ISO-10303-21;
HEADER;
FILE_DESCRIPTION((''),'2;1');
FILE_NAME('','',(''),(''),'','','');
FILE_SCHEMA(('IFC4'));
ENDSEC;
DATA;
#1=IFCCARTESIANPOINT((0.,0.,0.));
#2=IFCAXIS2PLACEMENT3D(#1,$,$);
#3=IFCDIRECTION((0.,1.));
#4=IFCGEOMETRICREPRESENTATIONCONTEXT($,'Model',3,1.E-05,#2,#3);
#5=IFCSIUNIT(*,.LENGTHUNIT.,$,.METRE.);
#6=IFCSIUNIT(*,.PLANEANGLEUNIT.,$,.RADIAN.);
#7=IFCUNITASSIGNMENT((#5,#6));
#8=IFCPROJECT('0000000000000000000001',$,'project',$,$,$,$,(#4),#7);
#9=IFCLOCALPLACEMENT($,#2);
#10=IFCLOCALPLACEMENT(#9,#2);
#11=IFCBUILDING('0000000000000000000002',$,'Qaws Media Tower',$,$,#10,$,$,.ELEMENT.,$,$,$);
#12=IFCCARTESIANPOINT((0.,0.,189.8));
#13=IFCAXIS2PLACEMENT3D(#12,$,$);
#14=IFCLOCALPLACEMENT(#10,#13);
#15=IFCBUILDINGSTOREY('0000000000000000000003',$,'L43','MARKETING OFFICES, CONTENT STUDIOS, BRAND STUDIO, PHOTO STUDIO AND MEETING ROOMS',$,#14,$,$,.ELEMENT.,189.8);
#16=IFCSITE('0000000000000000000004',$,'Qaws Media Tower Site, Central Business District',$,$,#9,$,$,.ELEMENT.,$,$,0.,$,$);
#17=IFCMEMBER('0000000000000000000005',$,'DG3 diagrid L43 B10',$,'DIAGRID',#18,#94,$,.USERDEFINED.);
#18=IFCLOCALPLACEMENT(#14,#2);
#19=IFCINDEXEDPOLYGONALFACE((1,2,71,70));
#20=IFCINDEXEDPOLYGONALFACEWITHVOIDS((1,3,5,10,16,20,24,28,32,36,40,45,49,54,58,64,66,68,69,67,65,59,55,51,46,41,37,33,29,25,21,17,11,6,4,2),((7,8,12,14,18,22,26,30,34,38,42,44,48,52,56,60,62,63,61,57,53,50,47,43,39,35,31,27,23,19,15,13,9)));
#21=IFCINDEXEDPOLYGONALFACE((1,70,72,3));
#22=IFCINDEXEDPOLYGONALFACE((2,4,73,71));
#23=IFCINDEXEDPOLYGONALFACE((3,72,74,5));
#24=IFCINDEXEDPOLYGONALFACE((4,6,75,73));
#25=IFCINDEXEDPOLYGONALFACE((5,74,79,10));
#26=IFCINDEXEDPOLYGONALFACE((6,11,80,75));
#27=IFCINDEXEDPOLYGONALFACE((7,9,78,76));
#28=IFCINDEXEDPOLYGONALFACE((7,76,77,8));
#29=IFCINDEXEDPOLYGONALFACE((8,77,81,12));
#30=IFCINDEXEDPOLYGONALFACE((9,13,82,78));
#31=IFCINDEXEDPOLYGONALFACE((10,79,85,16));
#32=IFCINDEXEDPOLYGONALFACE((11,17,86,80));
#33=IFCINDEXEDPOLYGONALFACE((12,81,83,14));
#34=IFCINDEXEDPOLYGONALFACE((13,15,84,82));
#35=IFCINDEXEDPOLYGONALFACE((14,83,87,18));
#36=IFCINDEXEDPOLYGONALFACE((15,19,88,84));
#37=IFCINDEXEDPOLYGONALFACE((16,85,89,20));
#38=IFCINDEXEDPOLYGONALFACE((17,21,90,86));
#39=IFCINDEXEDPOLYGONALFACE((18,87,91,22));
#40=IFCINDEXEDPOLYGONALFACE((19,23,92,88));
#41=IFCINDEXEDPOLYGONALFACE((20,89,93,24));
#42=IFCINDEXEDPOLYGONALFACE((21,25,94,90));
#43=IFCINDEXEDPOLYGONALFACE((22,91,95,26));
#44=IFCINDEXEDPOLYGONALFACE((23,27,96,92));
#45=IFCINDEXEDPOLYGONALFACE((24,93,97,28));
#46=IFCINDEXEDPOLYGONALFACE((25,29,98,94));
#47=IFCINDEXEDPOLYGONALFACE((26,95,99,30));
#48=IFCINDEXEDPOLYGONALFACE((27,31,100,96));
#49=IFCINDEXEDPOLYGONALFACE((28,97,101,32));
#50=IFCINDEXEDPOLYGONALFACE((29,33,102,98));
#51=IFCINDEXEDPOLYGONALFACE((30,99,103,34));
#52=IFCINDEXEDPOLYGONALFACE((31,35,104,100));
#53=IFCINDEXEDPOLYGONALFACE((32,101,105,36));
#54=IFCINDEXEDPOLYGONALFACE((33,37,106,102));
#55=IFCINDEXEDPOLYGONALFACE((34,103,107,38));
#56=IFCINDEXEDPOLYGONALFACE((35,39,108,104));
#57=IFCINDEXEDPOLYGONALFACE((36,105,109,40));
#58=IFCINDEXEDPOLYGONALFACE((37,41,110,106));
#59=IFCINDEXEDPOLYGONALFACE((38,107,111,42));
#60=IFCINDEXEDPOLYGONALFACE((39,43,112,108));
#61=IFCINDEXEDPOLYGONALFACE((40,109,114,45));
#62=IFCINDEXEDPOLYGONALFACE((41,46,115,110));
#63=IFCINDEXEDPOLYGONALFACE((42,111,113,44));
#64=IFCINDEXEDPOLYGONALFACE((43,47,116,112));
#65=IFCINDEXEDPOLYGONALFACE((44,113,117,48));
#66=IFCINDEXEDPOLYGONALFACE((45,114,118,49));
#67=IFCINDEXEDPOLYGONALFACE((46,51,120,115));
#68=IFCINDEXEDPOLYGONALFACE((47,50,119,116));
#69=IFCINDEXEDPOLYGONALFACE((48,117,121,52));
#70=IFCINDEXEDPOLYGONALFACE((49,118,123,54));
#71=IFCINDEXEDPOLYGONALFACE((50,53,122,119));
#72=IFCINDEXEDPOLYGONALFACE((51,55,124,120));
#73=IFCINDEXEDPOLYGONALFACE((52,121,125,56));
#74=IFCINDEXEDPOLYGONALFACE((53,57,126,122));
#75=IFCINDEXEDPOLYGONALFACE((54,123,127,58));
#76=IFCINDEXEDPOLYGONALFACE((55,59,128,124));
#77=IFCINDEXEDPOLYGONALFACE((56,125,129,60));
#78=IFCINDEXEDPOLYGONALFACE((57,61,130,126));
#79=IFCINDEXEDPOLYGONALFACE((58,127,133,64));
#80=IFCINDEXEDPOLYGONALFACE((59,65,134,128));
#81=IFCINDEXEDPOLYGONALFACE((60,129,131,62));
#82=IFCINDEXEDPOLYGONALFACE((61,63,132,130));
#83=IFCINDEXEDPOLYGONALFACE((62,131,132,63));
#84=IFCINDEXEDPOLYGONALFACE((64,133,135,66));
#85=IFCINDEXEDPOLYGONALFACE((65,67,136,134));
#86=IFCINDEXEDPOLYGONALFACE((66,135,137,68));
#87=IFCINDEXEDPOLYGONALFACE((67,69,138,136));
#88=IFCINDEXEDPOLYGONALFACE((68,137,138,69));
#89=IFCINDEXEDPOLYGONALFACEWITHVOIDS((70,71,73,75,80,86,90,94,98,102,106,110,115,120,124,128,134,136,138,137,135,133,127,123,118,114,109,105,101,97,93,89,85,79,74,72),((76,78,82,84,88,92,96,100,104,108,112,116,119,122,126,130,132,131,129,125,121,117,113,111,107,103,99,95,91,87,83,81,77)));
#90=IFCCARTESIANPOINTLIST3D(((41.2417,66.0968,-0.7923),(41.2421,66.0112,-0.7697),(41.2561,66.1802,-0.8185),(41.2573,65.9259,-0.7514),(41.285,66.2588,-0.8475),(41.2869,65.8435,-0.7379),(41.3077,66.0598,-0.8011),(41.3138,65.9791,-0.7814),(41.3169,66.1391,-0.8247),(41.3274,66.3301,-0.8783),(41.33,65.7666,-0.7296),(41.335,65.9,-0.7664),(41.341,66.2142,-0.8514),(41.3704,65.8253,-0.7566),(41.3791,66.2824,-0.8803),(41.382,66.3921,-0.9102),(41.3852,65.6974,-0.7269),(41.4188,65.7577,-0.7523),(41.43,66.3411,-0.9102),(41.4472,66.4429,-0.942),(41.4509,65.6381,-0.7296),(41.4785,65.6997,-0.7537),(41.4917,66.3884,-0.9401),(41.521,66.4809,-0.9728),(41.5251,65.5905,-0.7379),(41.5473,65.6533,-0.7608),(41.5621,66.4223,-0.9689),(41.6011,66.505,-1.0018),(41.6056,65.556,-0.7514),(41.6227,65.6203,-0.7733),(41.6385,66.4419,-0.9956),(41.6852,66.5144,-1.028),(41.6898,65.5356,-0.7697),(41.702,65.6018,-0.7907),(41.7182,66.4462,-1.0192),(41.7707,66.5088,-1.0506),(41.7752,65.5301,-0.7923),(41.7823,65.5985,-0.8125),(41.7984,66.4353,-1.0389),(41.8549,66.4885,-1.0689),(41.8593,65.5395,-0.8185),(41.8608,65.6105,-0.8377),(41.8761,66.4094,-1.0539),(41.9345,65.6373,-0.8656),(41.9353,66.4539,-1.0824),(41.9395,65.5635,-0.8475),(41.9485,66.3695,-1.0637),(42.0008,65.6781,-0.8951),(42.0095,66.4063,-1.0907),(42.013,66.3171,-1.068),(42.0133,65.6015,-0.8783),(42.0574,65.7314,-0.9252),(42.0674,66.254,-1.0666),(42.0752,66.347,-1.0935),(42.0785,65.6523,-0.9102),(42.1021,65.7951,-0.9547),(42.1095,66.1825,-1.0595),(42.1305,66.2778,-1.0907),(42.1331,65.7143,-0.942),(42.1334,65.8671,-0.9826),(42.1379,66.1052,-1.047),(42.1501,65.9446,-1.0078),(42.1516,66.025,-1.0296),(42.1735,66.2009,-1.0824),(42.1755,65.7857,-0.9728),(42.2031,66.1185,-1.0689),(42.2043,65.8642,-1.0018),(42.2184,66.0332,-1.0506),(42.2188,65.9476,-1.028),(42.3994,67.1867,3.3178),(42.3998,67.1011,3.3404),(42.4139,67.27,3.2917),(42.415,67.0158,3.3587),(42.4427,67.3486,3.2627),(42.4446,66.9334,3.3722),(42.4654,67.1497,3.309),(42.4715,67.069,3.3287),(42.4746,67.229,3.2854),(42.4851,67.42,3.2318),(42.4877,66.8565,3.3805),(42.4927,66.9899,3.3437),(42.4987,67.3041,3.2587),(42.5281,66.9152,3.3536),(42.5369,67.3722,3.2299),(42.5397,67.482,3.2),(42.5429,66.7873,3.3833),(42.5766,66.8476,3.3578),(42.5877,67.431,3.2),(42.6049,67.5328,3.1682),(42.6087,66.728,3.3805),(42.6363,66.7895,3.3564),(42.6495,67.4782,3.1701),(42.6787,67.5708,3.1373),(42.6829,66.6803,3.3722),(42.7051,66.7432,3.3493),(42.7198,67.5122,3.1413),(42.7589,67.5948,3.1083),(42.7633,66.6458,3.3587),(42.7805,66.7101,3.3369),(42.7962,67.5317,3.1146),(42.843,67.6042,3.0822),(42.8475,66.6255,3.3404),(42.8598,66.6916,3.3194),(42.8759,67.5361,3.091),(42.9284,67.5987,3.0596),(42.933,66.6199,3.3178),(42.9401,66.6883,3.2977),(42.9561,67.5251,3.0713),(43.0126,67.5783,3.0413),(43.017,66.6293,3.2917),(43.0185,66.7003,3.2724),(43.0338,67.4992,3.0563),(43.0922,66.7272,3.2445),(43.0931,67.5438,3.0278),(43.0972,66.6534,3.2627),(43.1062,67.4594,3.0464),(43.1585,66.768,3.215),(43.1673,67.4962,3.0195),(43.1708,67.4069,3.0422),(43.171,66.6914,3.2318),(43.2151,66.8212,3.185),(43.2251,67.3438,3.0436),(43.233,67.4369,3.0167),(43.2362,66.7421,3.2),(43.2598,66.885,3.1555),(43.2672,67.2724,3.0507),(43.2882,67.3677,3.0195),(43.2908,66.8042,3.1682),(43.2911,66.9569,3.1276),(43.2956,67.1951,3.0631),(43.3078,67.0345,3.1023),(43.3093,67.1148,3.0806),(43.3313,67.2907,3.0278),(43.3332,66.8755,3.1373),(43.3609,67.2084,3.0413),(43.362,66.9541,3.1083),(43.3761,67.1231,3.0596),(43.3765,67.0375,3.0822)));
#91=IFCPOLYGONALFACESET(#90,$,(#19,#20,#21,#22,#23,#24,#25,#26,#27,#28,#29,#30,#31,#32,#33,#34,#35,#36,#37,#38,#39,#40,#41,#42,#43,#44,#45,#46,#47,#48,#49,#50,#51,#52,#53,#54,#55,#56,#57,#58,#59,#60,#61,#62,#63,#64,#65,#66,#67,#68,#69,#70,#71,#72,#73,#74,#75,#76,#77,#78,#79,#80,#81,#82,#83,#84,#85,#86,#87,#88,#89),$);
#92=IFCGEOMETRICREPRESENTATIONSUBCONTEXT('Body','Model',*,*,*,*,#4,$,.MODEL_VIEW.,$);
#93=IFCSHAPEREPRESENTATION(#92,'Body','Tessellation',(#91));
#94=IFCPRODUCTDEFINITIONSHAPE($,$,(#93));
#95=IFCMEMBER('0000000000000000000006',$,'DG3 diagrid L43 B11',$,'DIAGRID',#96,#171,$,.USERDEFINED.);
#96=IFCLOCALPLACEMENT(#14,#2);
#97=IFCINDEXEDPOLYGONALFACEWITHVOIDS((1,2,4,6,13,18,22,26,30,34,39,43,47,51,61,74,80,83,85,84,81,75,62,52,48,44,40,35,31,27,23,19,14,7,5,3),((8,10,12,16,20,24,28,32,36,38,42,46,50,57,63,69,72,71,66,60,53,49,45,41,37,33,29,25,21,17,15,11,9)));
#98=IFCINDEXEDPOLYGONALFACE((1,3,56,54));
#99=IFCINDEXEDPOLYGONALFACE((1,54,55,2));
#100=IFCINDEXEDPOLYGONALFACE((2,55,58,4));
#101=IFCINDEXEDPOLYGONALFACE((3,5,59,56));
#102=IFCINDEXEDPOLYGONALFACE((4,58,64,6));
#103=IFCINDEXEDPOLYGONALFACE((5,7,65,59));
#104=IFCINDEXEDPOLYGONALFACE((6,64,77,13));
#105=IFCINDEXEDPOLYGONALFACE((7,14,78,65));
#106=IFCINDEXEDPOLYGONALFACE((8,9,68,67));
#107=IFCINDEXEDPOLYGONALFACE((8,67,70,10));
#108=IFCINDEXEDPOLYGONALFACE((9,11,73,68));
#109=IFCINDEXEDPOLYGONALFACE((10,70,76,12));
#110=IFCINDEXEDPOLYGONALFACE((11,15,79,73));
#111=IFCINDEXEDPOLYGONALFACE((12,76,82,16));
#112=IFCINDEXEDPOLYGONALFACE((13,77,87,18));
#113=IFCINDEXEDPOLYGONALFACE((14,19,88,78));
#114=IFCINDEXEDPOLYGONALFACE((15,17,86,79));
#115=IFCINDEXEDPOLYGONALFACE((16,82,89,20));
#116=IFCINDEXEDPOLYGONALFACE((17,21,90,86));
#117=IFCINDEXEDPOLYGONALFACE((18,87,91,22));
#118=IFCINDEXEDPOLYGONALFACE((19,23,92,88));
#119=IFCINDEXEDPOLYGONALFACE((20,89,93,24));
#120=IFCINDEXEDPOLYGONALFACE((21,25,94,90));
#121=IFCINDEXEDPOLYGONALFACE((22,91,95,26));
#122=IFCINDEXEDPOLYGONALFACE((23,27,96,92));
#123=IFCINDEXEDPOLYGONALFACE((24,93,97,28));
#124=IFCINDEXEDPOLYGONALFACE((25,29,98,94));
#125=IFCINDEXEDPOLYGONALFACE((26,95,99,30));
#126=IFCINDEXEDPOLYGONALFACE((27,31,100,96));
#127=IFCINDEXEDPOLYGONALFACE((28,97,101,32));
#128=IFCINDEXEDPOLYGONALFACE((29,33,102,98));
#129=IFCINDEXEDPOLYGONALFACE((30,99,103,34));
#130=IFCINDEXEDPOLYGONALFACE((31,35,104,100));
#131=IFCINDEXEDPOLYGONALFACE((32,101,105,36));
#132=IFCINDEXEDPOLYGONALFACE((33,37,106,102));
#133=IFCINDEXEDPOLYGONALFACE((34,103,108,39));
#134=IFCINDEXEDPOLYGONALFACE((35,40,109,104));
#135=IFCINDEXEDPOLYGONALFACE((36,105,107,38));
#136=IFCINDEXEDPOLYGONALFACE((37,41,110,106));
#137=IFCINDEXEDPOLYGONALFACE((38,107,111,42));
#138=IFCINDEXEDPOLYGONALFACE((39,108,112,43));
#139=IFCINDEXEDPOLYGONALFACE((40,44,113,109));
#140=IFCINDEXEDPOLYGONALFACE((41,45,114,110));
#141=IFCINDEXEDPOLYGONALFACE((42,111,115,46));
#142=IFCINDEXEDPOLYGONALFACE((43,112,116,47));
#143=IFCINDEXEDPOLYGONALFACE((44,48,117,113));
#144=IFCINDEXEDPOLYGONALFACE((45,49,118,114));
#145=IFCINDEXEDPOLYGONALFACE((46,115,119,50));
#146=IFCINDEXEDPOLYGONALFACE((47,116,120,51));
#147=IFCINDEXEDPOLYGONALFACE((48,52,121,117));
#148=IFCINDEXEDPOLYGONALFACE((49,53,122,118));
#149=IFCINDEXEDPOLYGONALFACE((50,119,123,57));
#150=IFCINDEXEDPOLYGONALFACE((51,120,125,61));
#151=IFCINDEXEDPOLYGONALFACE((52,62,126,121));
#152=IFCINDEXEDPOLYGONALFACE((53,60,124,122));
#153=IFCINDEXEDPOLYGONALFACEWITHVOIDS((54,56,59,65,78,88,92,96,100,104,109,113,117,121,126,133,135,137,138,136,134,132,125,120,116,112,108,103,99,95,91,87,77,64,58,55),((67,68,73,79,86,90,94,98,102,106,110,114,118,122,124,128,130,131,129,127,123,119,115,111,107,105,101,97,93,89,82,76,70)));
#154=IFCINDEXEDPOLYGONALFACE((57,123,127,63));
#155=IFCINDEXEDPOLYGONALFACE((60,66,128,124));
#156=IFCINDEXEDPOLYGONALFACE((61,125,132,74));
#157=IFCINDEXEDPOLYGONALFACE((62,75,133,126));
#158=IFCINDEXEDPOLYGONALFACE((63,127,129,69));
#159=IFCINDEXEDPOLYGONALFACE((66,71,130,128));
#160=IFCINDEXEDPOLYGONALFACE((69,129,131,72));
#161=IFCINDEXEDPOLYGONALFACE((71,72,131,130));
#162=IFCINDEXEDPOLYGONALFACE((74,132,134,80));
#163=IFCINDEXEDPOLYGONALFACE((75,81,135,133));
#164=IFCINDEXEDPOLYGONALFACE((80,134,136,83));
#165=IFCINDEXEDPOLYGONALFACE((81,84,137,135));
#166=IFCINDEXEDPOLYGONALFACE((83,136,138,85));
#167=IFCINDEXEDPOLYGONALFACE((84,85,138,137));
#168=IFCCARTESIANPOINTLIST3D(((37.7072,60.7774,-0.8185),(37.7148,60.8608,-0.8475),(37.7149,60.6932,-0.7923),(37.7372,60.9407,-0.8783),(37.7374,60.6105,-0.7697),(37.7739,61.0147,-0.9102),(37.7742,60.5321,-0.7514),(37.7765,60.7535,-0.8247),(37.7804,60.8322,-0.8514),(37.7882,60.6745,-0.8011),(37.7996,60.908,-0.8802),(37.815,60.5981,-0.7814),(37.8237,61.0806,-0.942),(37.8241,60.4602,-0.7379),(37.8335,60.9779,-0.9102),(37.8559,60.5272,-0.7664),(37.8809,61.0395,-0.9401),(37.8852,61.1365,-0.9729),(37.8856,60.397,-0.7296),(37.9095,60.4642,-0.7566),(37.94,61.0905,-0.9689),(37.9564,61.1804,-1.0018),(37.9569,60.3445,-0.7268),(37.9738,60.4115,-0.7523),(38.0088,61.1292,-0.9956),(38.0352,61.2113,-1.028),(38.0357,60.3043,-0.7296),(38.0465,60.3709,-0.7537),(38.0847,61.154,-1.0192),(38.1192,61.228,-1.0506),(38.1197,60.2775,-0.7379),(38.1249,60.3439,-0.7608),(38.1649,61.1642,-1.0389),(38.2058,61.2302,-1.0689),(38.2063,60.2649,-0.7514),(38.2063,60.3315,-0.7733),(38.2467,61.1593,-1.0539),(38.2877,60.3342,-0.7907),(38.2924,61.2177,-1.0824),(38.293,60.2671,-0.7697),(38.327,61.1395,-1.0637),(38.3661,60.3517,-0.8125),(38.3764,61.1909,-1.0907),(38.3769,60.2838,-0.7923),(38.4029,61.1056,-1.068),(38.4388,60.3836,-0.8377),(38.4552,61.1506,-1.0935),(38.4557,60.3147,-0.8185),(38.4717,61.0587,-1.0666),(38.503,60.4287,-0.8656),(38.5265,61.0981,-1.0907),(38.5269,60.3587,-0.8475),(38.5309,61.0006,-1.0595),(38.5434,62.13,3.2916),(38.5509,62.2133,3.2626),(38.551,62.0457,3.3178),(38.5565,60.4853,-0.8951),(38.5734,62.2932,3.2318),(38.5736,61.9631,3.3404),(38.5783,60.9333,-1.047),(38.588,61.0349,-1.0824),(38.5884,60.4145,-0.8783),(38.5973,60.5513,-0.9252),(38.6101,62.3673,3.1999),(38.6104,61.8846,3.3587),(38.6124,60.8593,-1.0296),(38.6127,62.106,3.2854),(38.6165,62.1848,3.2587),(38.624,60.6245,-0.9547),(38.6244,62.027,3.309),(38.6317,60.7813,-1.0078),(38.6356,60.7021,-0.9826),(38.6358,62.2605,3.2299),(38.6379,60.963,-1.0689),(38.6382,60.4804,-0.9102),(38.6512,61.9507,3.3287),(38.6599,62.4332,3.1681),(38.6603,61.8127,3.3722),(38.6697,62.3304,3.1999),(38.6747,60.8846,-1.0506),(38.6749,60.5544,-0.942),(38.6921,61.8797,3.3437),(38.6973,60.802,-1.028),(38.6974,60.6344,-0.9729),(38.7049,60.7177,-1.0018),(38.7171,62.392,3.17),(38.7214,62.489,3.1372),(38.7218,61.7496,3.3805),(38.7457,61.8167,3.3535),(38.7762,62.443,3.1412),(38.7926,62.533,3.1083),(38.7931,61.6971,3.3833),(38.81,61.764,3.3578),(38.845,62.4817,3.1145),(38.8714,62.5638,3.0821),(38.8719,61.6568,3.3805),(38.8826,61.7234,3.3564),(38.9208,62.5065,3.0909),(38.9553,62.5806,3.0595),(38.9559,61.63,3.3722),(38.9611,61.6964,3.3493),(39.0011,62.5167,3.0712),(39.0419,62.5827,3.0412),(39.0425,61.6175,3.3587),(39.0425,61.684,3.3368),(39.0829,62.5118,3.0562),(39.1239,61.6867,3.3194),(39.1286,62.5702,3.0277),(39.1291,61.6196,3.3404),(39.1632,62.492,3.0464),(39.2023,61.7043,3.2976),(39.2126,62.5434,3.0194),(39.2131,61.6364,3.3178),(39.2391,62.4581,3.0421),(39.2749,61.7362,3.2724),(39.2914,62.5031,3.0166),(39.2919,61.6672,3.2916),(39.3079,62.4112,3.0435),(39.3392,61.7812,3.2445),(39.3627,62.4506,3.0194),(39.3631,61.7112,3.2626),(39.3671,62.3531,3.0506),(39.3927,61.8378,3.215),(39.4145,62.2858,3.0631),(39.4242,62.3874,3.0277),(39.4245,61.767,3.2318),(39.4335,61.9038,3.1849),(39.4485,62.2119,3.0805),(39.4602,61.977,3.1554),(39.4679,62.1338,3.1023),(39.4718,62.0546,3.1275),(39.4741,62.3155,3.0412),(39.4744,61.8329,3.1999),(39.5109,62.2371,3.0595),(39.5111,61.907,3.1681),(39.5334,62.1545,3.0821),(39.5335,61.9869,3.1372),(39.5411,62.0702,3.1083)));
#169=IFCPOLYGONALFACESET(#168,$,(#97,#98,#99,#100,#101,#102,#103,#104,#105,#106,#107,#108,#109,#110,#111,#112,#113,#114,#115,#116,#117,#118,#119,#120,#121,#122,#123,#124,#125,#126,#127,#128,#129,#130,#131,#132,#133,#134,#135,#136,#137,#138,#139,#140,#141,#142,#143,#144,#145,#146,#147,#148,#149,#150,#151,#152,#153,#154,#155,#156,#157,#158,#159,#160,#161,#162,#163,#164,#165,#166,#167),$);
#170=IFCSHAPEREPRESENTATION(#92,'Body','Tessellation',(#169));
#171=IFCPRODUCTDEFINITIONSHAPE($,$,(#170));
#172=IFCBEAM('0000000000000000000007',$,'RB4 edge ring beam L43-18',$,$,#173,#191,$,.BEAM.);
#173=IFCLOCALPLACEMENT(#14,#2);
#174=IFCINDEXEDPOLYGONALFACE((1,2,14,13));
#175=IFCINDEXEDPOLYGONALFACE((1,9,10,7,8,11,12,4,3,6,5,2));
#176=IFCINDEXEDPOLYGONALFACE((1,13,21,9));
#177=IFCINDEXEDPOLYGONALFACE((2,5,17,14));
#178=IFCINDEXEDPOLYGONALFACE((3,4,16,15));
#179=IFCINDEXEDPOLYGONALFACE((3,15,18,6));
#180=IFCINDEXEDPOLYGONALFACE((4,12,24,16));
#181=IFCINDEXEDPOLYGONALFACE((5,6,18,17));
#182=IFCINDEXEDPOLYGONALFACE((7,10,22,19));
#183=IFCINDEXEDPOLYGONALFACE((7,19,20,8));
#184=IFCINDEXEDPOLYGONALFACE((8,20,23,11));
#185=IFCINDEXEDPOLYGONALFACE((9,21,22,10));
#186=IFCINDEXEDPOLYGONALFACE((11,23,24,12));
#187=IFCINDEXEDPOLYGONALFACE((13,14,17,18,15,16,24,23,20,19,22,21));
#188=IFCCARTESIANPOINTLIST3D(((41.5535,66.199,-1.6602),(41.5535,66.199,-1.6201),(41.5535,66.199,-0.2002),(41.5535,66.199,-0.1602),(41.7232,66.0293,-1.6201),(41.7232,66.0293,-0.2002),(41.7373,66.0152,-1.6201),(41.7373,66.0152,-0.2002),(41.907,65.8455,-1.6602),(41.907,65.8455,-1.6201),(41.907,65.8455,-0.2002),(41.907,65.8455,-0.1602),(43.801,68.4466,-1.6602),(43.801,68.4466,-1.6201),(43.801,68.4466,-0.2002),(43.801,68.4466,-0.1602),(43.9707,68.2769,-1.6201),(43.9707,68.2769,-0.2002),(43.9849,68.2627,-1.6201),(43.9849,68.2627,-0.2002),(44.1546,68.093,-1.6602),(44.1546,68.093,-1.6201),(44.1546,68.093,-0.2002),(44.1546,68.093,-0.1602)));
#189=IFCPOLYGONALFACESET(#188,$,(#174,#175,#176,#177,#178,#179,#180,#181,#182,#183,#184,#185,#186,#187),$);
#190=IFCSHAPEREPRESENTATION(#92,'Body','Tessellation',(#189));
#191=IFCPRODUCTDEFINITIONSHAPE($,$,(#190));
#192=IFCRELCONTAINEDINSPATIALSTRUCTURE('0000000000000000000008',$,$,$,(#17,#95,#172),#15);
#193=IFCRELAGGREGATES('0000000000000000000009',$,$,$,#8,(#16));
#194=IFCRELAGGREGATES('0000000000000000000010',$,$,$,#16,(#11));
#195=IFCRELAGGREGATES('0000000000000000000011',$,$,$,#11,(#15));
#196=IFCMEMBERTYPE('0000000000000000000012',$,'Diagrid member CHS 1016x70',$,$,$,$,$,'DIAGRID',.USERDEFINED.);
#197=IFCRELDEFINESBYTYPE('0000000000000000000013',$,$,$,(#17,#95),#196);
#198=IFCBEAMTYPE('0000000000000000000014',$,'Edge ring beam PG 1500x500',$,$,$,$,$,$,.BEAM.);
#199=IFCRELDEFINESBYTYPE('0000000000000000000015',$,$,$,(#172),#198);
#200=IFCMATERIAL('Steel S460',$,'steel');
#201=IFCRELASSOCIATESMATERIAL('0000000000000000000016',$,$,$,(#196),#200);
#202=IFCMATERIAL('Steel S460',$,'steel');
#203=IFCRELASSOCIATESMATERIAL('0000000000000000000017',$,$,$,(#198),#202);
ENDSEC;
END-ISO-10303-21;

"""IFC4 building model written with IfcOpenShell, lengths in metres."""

from ifc_helpers import new_model, si_unit, direction, frame, origin, origin_2d, place, context, subcontext, project, spatial, hollow_circle, i_section, extrude, material, material_profile, profile_set, type_object, element, save


model = new_model("IFC4")

# Units and contexts
model_context = context("Model", 3, precision=1e-05, world=origin(), true_north=direction((0.0, 1.0)))
body_context = subcontext(model_context, "Body", "Model", "MODEL_VIEW")
ifc_project = project(units=[si_unit("LENGTHUNIT", "METRE"), si_unit("PLANEANGLEUNIT", "RADIAN")], contexts=[model_context])

# Site, building, storey
site_placement = place(None, origin())
site = spatial("IfcSite", under=ifc_project, at=site_placement, Name="Qaws Media Tower Site, Central Business District", CompositionType="ELEMENT", RefElevation=0.0)
building_placement = place(site_placement, origin())
building = spatial("IfcBuilding", under=site, at=building_placement, Name="Qaws Media Tower", CompositionType="ELEMENT")
storey_placement = place(building_placement, frame((0.0, 0.0, 189.8)))
storey = spatial("IfcBuildingStorey", under=building, at=storey_placement, Name="L43", Description="MARKETING OFFICES, CONTENT STUDIOS, BRAND STUDIO, PHOTO STUDIO AND MEETING ROOMS", CompositionType="ELEMENT", Elevation=189.8)

# Members
ifc_material_1 = material(Name="Steel S460", Category="steel")
ifc_material_profile_1 = material_profile(ifc_material_1, hollow_circle(Radius=0.5081, WallThickness=0.0701, at=origin_2d()), Name="CHS 1016x70")
ifc_profile_set_1 = profile_set([ifc_material_profile_1], Name="Steel S460")
member_type_1 = type_object("IfcMemberType", Name="Diagrid member CHS 1016x70", ElementType="DIAGRID", PredefinedType="USERDEFINED", material=ifc_profile_set_1)
for number, where, z_axis, x_axis, name in (
    (1, (41.7302, 66.0222, -0.9102), (0.262703, 0.247302, 0.932646), (-0.685441, 0.728128, 0.0), "DG3 diagrid L43 B10"),
    (2, (38.2061, 60.7476, -0.9102), (0.18974, 0.306908, 0.932634), (-0.850576, 0.525852, 0.0), "DG3 diagrid L43 B11"),
):
    element("IfcMember", number, at=place(storey_placement, frame(where, z_axis=z_axis, x_axis=x_axis)), inside=storey, type_object=member_type_1, Name=name, ObjectType="DIAGRID", PredefinedType="USERDEFINED", context=body_context, shape_type="SweptSolid", body=[
        extrude(hollow_circle(Radius=0.5081, WallThickness=0.0701, at=origin_2d()), origin(), (0.0, 0.0, 1.0), 4.407),
    ])

# Beam
ifc_material_2 = material(Name="Steel S460", Category="steel")
ifc_material_profile_2 = material_profile(ifc_material_2, i_section(OverallWidth=0.5, OverallDepth=1.5, WebThickness=0.02, FlangeThickness=0.04, at=origin_2d()), Name="PG 1500x500")
ifc_profile_set_2 = profile_set([ifc_material_profile_2], Name="Steel S460")
beam_type = type_object("IfcBeamType", Name="Edge ring beam PG 1500x500", PredefinedType="BEAM", material=ifc_profile_set_2)
beam_1_placement = place(storey_placement, frame((43.9778, 68.2698, -0.9102), z_axis=(-0.707107, -0.707107, 0.0), x_axis=(0.707107, -0.707107, 0.0)))
element("IfcBeam", 3, at=beam_1_placement, inside=storey, type_object=beam_type, Name="RB4 edge ring beam L43-18", PredefinedType="BEAM", context=body_context, shape_type="SweptSolid", body=[
    extrude(i_section(OverallWidth=0.5, OverallDepth=1.5, WebThickness=0.02, FlangeThickness=0.04, at=origin_2d()), origin(), (0.0, 0.0, 1.0), 3.1785),
])

save(model, "model.ifc")
